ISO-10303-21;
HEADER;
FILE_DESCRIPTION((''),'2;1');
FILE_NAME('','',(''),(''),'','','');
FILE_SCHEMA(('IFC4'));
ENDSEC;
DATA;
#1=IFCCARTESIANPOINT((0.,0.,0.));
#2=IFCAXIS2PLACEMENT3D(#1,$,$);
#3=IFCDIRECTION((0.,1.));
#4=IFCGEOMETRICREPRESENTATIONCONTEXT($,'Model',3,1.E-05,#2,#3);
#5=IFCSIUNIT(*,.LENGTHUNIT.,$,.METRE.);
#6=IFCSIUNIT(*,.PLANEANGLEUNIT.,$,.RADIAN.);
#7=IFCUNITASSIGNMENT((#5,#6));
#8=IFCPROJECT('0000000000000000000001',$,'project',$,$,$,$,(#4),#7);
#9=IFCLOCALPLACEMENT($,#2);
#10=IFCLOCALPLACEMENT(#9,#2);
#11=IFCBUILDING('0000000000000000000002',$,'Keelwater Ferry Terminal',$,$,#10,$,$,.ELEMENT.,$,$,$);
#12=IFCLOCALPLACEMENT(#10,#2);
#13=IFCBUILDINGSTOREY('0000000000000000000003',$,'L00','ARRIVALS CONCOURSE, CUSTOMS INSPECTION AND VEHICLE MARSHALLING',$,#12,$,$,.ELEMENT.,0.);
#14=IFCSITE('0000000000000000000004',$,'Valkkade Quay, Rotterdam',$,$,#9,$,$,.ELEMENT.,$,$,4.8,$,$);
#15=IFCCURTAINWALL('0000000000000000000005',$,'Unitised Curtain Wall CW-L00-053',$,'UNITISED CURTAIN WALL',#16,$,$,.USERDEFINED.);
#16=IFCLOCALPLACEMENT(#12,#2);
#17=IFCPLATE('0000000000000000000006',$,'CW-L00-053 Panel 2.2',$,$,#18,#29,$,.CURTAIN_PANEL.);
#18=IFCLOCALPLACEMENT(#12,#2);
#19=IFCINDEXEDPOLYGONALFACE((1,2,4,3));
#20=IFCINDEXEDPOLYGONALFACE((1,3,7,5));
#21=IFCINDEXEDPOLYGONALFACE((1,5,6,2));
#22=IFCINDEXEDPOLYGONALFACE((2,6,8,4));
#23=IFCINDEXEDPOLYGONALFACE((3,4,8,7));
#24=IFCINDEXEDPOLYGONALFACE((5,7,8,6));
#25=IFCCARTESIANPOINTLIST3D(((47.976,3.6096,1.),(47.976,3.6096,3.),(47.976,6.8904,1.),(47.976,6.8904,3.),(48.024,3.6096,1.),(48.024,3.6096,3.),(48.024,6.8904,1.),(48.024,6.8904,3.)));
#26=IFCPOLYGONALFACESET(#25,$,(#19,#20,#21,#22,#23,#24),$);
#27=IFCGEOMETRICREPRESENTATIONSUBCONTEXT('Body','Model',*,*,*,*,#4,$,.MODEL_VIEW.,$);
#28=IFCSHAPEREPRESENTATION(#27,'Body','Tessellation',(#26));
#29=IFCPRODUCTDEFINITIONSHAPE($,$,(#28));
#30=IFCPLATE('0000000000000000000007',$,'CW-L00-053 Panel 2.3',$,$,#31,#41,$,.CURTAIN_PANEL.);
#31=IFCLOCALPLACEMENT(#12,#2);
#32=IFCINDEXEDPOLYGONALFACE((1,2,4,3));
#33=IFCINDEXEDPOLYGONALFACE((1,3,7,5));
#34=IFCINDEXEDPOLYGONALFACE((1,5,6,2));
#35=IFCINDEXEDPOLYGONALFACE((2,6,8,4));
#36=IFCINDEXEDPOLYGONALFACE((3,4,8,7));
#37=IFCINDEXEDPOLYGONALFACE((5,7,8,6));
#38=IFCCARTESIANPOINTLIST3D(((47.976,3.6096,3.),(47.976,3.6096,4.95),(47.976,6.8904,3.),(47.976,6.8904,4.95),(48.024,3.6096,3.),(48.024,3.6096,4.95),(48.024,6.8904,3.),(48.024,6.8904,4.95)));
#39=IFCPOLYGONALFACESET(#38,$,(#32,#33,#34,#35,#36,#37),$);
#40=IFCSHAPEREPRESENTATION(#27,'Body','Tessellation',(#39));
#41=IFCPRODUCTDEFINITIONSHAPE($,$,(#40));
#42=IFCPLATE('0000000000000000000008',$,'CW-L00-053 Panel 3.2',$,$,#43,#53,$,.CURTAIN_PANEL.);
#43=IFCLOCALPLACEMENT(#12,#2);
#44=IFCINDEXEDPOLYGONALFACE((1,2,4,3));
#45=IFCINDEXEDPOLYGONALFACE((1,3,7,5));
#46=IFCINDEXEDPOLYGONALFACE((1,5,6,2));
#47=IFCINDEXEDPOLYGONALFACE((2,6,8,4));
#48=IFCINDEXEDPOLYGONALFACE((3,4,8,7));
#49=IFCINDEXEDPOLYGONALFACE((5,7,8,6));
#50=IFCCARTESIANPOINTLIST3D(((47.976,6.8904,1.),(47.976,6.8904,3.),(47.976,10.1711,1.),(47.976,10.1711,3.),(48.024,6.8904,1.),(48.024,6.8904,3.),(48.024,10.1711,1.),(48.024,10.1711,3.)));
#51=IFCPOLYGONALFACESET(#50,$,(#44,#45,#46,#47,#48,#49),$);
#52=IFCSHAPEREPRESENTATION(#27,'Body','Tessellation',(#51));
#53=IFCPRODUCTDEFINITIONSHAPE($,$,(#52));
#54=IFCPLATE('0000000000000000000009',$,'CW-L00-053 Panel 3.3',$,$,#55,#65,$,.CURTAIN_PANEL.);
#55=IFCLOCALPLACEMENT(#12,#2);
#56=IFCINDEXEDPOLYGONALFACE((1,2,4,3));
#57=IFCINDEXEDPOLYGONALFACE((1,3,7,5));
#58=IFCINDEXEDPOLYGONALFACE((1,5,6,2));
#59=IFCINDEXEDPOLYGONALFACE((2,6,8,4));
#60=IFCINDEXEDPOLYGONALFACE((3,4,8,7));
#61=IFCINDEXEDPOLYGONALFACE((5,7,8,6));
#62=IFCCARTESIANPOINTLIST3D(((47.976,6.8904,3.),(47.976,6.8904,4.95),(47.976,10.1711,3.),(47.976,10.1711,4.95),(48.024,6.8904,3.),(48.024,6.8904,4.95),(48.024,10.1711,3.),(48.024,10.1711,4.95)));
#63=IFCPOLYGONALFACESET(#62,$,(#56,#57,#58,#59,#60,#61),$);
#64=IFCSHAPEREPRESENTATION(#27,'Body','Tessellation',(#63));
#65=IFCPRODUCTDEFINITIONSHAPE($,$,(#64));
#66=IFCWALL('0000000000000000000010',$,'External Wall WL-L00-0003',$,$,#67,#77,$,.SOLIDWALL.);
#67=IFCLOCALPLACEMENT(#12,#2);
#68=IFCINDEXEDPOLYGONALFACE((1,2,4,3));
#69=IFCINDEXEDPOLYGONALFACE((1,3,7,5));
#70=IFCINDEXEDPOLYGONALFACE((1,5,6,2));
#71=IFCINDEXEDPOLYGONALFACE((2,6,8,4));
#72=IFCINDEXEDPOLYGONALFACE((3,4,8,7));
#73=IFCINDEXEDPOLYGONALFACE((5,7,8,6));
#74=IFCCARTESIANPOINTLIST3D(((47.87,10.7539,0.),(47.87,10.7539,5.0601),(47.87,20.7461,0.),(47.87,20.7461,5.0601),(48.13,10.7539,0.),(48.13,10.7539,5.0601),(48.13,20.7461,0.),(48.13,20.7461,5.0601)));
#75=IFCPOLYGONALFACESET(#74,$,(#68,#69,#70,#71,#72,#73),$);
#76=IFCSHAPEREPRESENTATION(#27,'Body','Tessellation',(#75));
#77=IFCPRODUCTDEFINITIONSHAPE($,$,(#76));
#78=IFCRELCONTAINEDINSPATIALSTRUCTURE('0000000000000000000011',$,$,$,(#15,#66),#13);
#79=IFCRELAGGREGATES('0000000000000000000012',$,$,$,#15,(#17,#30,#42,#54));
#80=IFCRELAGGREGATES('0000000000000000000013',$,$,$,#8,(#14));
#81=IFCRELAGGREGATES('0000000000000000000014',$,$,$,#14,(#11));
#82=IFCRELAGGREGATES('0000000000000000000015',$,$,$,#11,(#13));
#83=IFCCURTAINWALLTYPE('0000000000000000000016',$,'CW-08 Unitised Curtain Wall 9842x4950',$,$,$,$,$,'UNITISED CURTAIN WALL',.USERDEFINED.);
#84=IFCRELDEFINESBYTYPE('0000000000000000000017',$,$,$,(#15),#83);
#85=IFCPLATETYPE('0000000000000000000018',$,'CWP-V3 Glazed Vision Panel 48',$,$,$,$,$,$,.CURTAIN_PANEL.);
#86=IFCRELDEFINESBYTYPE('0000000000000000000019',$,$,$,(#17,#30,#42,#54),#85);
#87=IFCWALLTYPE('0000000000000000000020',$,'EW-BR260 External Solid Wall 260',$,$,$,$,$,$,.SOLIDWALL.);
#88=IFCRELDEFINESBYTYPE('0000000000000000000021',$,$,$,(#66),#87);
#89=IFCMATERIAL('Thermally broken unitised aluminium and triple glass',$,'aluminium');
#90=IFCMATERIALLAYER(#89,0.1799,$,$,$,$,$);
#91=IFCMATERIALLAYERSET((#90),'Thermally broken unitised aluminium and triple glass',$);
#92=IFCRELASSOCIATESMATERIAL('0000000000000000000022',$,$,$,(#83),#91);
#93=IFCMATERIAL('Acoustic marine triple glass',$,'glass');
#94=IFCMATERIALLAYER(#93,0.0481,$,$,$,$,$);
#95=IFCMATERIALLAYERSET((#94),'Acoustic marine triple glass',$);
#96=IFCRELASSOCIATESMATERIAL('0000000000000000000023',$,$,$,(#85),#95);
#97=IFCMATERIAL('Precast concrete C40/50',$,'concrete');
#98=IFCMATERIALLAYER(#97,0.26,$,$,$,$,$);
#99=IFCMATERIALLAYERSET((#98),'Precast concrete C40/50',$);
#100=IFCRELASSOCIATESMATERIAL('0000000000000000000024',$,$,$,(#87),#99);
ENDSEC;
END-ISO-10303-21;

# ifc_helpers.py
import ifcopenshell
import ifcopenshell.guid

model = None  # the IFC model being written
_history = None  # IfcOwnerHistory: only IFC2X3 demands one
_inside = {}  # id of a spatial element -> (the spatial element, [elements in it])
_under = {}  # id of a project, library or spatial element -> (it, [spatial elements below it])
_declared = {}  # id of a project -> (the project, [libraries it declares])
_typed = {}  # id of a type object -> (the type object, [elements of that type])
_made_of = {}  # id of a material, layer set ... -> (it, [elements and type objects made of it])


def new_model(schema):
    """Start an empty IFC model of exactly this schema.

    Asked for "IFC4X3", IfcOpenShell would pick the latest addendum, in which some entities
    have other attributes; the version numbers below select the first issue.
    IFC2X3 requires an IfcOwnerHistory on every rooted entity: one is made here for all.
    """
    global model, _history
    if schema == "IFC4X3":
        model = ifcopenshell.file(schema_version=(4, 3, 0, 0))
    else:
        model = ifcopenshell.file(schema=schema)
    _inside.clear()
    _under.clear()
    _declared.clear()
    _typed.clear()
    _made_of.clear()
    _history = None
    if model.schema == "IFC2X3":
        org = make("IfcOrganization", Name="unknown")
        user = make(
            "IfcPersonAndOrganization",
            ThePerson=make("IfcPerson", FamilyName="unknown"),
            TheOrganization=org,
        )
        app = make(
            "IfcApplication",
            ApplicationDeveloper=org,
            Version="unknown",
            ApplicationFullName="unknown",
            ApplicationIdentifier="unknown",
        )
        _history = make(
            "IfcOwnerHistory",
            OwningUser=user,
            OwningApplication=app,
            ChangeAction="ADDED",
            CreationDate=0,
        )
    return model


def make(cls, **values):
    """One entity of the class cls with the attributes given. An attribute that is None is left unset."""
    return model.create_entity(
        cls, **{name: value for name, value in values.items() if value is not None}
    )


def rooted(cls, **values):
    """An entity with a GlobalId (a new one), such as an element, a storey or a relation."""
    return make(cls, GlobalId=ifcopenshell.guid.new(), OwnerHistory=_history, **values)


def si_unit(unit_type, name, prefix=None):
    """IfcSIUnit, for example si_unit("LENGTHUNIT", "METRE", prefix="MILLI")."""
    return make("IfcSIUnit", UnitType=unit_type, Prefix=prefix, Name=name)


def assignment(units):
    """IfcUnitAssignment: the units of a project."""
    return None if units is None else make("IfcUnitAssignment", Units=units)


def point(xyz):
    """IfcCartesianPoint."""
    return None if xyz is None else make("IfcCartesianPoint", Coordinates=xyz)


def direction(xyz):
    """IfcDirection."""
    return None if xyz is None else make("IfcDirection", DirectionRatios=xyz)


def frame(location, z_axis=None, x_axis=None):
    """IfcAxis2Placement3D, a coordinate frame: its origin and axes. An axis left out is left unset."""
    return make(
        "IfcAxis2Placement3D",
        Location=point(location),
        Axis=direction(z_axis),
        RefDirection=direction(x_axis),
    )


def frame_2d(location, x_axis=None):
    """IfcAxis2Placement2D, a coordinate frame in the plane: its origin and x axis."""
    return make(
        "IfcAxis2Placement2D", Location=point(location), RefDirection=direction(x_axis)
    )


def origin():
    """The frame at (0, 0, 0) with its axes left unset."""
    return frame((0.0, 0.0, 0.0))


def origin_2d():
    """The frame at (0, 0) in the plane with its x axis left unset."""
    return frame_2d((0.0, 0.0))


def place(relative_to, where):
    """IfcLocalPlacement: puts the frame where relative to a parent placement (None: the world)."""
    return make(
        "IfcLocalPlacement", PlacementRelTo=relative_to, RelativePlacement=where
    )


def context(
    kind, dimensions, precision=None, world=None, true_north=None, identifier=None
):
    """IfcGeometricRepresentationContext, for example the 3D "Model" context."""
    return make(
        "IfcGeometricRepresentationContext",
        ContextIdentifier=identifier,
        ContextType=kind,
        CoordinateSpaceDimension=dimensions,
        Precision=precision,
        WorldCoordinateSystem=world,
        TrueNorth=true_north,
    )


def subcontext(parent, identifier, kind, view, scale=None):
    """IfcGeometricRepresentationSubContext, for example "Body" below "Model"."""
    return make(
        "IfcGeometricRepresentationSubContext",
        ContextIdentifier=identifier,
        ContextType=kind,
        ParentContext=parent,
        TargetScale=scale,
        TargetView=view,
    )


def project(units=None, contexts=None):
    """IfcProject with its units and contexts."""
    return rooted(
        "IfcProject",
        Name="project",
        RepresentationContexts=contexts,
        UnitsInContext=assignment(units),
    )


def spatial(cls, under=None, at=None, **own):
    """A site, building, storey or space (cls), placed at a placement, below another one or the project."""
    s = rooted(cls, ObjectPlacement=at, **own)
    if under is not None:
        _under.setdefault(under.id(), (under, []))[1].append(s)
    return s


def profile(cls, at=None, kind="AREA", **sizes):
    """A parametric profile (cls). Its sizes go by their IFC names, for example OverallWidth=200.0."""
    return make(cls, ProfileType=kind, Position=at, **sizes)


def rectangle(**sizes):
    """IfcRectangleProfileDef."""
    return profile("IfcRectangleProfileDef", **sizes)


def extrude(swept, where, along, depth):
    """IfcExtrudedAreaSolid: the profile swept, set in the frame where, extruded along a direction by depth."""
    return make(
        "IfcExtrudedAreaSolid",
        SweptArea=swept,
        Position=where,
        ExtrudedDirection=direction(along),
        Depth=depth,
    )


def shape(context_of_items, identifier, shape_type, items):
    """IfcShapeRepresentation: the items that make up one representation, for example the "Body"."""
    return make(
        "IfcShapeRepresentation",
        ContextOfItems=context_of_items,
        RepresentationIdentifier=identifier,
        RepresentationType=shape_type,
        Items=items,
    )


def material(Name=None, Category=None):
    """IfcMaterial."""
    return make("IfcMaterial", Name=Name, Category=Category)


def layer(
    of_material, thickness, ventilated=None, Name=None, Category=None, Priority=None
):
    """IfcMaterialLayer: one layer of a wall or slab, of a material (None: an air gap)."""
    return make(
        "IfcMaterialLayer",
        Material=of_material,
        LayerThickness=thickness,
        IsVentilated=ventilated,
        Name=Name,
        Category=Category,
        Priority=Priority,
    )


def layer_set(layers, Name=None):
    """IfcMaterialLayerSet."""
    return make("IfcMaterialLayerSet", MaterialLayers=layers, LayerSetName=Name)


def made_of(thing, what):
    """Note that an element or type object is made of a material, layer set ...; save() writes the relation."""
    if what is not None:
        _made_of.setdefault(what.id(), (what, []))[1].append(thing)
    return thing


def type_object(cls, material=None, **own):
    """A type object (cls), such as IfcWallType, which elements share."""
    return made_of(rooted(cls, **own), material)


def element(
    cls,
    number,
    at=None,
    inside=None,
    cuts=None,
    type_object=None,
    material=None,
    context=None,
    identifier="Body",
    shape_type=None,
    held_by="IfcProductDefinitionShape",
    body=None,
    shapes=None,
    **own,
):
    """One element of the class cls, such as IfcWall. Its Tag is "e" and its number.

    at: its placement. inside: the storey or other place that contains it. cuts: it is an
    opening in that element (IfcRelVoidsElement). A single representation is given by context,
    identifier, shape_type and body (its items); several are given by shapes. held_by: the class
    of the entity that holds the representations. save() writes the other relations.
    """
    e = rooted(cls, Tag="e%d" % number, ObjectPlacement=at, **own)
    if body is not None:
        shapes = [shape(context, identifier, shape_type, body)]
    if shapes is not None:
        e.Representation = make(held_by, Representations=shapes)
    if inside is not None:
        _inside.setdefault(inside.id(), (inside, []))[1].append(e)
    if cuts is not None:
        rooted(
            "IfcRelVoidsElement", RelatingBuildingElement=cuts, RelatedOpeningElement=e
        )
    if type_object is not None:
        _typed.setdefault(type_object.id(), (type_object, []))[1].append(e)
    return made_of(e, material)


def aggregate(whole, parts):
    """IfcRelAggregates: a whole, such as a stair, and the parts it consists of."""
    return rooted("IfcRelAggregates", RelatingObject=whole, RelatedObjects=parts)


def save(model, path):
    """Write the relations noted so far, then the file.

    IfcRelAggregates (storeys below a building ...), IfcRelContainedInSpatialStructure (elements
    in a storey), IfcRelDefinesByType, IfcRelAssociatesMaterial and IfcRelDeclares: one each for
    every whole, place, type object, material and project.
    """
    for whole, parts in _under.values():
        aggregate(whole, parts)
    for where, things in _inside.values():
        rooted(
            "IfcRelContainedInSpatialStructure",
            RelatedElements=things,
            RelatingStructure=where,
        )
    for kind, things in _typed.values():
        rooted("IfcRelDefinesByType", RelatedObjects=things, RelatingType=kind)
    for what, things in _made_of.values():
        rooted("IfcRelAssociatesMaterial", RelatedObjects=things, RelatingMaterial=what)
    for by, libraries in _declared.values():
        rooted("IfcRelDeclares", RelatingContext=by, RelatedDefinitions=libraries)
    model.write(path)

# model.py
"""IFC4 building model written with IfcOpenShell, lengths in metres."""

from ifc_helpers import new_model, si_unit, direction, frame, frame_2d, origin, origin_2d, place, context, subcontext, project, spatial, rectangle, extrude, material, layer, layer_set, type_object, element, aggregate, save


model = new_model("IFC4")

# Units and contexts
model_context = context("Model", 3, precision=1e-05, world=origin(), true_north=direction((0.0, 1.0)))
body_context = subcontext(model_context, "Body", "Model", "MODEL_VIEW")
ifc_project = project(units=[si_unit("LENGTHUNIT", "METRE"), si_unit("PLANEANGLEUNIT", "RADIAN")], contexts=[model_context])

# Site, building, storey
site_placement = place(None, origin())
site = spatial("IfcSite", under=ifc_project, at=site_placement, Name="Valkkade Quay, Rotterdam", CompositionType="ELEMENT", RefElevation=4.8)
building_placement = place(site_placement, origin())
building = spatial("IfcBuilding", under=site, at=building_placement, Name="Keelwater Ferry Terminal", CompositionType="ELEMENT")
storey_placement = place(building_placement, origin())
storey = spatial("IfcBuildingStorey", under=building, at=storey_placement, Name="L00", Description="ARRIVALS CONCOURSE, CUSTOMS INSPECTION AND VEHICLE MARSHALLING", CompositionType="ELEMENT", Elevation=0.0)

# Curtain wall
ifc_material_1 = material(Name="Thermally broken unitised aluminium and triple glass", Category="aluminium")
ifc_layer_1 = layer(ifc_material_1, 0.1799)
ifc_layer_set_1 = layer_set([ifc_layer_1], Name="Thermally broken unitised aluminium and triple glass")
curtain_wall_type = type_object("IfcCurtainWallType", Name="CW-08 Unitised Curtain Wall 9842x4950", ElementType="UNITISED CURTAIN WALL", PredefinedType="USERDEFINED", material=ifc_layer_set_1)
curtain_wall_placement = place(storey_placement, origin())
curtain_wall = element("IfcCurtainWall", 1, at=curtain_wall_placement, inside=storey, type_object=curtain_wall_type, Name="Unitised Curtain Wall CW-L00-053", ObjectType="UNITISED CURTAIN WALL", PredefinedType="USERDEFINED")

# Plates
ifc_material_2 = material(Name="Acoustic marine triple glass", Category="glass")
ifc_layer_2 = layer(ifc_material_2, 0.0481)
ifc_layer_set_2 = layer_set([ifc_layer_2], Name="Acoustic marine triple glass")
plate_type_1 = type_object("IfcPlateType", Name="CWP-V3 Glazed Vision Panel 48", PredefinedType="CURTAIN_PANEL", material=ifc_layer_set_2)
plate_1_placement = place(storey_placement, frame((48.0, 5.25, 1.0), z_axis=(0.0, 0.0, 1.0), x_axis=(0.0, 1.0, 0.0)))
plate_1 = element("IfcPlate", 2, at=plate_1_placement, type_object=plate_type_1, Name="CW-L00-053 Panel 2.2", PredefinedType="CURTAIN_PANEL", context=body_context, shape_type="SweptSolid", body=[
    extrude(rectangle(XDim=3.2808, YDim=0.0481, at=origin_2d()), origin(), (0.0, 0.0, 1.0), 2.0),
])
plate_2_placement = place(storey_placement, frame((48.0, 5.25, 3.0), z_axis=(0.0, 0.0, 1.0), x_axis=(0.0, 1.0, 0.0)))
plate_2 = element("IfcPlate", 3, at=plate_2_placement, type_object=plate_type_1, Name="CW-L00-053 Panel 2.3", PredefinedType="CURTAIN_PANEL", context=body_context, shape_type="SweptSolid", body=[
    extrude(rectangle(XDim=3.2808, YDim=0.0481, at=origin_2d()), origin(), (0.0, 0.0, 1.0), 1.95),
])
plate_3_placement = place(storey_placement, frame((48.0, 8.5308, 1.0), z_axis=(0.0, 0.0, 1.0), x_axis=(0.0, 1.0, 0.0)))
plate_3 = element("IfcPlate", 4, at=plate_3_placement, type_object=plate_type_1, Name="CW-L00-053 Panel 3.2", PredefinedType="CURTAIN_PANEL", context=body_context, shape_type="SweptSolid", body=[
    extrude(rectangle(XDim=3.2808, YDim=0.0481, at=origin_2d()), origin(), (0.0, 0.0, 1.0), 2.0),
])
plate_4_placement = place(storey_placement, frame((48.0, 8.5308, 3.0), z_axis=(0.0, 0.0, 1.0), x_axis=(0.0, 1.0, 0.0)))
plate_4 = element("IfcPlate", 5, at=plate_4_placement, type_object=plate_type_1, Name="CW-L00-053 Panel 3.3", PredefinedType="CURTAIN_PANEL", context=body_context, shape_type="SweptSolid", body=[
    extrude(rectangle(XDim=3.2808, YDim=0.0481, at=origin_2d()), origin(), (0.0, 0.0, 1.0), 1.95),
])
aggregate(curtain_wall, [plate_1, plate_2, plate_3, plate_4])

# Wall
ifc_material_3 = material(Name="Precast concrete C40/50", Category="concrete")
ifc_layer_3 = layer(ifc_material_3, 0.26)
ifc_layer_set_3 = layer_set([ifc_layer_3], Name="Precast concrete C40/50")
wall_type = type_object("IfcWallType", Name="EW-BR260 External Solid Wall 260", PredefinedType="SOLIDWALL", material=ifc_layer_set_3)
wall_placement = place(storey_placement, frame((48.0, 10.7539, 0.0), z_axis=(0.0, 0.0, 1.0), x_axis=(0.0, 1.0, 0.0)))
element("IfcWall", 6, at=wall_placement, inside=storey, type_object=wall_type, Name="External Wall WL-L00-0003", PredefinedType="SOLIDWALL", context=body_context, shape_type="SweptSolid", body=[
    extrude(rectangle(XDim=9.9922, YDim=0.26, at=frame_2d((4.9961, 0.0))), origin(), (0.0, 0.0, 1.0), 5.0601),
])

save(model, "model.ifc")
